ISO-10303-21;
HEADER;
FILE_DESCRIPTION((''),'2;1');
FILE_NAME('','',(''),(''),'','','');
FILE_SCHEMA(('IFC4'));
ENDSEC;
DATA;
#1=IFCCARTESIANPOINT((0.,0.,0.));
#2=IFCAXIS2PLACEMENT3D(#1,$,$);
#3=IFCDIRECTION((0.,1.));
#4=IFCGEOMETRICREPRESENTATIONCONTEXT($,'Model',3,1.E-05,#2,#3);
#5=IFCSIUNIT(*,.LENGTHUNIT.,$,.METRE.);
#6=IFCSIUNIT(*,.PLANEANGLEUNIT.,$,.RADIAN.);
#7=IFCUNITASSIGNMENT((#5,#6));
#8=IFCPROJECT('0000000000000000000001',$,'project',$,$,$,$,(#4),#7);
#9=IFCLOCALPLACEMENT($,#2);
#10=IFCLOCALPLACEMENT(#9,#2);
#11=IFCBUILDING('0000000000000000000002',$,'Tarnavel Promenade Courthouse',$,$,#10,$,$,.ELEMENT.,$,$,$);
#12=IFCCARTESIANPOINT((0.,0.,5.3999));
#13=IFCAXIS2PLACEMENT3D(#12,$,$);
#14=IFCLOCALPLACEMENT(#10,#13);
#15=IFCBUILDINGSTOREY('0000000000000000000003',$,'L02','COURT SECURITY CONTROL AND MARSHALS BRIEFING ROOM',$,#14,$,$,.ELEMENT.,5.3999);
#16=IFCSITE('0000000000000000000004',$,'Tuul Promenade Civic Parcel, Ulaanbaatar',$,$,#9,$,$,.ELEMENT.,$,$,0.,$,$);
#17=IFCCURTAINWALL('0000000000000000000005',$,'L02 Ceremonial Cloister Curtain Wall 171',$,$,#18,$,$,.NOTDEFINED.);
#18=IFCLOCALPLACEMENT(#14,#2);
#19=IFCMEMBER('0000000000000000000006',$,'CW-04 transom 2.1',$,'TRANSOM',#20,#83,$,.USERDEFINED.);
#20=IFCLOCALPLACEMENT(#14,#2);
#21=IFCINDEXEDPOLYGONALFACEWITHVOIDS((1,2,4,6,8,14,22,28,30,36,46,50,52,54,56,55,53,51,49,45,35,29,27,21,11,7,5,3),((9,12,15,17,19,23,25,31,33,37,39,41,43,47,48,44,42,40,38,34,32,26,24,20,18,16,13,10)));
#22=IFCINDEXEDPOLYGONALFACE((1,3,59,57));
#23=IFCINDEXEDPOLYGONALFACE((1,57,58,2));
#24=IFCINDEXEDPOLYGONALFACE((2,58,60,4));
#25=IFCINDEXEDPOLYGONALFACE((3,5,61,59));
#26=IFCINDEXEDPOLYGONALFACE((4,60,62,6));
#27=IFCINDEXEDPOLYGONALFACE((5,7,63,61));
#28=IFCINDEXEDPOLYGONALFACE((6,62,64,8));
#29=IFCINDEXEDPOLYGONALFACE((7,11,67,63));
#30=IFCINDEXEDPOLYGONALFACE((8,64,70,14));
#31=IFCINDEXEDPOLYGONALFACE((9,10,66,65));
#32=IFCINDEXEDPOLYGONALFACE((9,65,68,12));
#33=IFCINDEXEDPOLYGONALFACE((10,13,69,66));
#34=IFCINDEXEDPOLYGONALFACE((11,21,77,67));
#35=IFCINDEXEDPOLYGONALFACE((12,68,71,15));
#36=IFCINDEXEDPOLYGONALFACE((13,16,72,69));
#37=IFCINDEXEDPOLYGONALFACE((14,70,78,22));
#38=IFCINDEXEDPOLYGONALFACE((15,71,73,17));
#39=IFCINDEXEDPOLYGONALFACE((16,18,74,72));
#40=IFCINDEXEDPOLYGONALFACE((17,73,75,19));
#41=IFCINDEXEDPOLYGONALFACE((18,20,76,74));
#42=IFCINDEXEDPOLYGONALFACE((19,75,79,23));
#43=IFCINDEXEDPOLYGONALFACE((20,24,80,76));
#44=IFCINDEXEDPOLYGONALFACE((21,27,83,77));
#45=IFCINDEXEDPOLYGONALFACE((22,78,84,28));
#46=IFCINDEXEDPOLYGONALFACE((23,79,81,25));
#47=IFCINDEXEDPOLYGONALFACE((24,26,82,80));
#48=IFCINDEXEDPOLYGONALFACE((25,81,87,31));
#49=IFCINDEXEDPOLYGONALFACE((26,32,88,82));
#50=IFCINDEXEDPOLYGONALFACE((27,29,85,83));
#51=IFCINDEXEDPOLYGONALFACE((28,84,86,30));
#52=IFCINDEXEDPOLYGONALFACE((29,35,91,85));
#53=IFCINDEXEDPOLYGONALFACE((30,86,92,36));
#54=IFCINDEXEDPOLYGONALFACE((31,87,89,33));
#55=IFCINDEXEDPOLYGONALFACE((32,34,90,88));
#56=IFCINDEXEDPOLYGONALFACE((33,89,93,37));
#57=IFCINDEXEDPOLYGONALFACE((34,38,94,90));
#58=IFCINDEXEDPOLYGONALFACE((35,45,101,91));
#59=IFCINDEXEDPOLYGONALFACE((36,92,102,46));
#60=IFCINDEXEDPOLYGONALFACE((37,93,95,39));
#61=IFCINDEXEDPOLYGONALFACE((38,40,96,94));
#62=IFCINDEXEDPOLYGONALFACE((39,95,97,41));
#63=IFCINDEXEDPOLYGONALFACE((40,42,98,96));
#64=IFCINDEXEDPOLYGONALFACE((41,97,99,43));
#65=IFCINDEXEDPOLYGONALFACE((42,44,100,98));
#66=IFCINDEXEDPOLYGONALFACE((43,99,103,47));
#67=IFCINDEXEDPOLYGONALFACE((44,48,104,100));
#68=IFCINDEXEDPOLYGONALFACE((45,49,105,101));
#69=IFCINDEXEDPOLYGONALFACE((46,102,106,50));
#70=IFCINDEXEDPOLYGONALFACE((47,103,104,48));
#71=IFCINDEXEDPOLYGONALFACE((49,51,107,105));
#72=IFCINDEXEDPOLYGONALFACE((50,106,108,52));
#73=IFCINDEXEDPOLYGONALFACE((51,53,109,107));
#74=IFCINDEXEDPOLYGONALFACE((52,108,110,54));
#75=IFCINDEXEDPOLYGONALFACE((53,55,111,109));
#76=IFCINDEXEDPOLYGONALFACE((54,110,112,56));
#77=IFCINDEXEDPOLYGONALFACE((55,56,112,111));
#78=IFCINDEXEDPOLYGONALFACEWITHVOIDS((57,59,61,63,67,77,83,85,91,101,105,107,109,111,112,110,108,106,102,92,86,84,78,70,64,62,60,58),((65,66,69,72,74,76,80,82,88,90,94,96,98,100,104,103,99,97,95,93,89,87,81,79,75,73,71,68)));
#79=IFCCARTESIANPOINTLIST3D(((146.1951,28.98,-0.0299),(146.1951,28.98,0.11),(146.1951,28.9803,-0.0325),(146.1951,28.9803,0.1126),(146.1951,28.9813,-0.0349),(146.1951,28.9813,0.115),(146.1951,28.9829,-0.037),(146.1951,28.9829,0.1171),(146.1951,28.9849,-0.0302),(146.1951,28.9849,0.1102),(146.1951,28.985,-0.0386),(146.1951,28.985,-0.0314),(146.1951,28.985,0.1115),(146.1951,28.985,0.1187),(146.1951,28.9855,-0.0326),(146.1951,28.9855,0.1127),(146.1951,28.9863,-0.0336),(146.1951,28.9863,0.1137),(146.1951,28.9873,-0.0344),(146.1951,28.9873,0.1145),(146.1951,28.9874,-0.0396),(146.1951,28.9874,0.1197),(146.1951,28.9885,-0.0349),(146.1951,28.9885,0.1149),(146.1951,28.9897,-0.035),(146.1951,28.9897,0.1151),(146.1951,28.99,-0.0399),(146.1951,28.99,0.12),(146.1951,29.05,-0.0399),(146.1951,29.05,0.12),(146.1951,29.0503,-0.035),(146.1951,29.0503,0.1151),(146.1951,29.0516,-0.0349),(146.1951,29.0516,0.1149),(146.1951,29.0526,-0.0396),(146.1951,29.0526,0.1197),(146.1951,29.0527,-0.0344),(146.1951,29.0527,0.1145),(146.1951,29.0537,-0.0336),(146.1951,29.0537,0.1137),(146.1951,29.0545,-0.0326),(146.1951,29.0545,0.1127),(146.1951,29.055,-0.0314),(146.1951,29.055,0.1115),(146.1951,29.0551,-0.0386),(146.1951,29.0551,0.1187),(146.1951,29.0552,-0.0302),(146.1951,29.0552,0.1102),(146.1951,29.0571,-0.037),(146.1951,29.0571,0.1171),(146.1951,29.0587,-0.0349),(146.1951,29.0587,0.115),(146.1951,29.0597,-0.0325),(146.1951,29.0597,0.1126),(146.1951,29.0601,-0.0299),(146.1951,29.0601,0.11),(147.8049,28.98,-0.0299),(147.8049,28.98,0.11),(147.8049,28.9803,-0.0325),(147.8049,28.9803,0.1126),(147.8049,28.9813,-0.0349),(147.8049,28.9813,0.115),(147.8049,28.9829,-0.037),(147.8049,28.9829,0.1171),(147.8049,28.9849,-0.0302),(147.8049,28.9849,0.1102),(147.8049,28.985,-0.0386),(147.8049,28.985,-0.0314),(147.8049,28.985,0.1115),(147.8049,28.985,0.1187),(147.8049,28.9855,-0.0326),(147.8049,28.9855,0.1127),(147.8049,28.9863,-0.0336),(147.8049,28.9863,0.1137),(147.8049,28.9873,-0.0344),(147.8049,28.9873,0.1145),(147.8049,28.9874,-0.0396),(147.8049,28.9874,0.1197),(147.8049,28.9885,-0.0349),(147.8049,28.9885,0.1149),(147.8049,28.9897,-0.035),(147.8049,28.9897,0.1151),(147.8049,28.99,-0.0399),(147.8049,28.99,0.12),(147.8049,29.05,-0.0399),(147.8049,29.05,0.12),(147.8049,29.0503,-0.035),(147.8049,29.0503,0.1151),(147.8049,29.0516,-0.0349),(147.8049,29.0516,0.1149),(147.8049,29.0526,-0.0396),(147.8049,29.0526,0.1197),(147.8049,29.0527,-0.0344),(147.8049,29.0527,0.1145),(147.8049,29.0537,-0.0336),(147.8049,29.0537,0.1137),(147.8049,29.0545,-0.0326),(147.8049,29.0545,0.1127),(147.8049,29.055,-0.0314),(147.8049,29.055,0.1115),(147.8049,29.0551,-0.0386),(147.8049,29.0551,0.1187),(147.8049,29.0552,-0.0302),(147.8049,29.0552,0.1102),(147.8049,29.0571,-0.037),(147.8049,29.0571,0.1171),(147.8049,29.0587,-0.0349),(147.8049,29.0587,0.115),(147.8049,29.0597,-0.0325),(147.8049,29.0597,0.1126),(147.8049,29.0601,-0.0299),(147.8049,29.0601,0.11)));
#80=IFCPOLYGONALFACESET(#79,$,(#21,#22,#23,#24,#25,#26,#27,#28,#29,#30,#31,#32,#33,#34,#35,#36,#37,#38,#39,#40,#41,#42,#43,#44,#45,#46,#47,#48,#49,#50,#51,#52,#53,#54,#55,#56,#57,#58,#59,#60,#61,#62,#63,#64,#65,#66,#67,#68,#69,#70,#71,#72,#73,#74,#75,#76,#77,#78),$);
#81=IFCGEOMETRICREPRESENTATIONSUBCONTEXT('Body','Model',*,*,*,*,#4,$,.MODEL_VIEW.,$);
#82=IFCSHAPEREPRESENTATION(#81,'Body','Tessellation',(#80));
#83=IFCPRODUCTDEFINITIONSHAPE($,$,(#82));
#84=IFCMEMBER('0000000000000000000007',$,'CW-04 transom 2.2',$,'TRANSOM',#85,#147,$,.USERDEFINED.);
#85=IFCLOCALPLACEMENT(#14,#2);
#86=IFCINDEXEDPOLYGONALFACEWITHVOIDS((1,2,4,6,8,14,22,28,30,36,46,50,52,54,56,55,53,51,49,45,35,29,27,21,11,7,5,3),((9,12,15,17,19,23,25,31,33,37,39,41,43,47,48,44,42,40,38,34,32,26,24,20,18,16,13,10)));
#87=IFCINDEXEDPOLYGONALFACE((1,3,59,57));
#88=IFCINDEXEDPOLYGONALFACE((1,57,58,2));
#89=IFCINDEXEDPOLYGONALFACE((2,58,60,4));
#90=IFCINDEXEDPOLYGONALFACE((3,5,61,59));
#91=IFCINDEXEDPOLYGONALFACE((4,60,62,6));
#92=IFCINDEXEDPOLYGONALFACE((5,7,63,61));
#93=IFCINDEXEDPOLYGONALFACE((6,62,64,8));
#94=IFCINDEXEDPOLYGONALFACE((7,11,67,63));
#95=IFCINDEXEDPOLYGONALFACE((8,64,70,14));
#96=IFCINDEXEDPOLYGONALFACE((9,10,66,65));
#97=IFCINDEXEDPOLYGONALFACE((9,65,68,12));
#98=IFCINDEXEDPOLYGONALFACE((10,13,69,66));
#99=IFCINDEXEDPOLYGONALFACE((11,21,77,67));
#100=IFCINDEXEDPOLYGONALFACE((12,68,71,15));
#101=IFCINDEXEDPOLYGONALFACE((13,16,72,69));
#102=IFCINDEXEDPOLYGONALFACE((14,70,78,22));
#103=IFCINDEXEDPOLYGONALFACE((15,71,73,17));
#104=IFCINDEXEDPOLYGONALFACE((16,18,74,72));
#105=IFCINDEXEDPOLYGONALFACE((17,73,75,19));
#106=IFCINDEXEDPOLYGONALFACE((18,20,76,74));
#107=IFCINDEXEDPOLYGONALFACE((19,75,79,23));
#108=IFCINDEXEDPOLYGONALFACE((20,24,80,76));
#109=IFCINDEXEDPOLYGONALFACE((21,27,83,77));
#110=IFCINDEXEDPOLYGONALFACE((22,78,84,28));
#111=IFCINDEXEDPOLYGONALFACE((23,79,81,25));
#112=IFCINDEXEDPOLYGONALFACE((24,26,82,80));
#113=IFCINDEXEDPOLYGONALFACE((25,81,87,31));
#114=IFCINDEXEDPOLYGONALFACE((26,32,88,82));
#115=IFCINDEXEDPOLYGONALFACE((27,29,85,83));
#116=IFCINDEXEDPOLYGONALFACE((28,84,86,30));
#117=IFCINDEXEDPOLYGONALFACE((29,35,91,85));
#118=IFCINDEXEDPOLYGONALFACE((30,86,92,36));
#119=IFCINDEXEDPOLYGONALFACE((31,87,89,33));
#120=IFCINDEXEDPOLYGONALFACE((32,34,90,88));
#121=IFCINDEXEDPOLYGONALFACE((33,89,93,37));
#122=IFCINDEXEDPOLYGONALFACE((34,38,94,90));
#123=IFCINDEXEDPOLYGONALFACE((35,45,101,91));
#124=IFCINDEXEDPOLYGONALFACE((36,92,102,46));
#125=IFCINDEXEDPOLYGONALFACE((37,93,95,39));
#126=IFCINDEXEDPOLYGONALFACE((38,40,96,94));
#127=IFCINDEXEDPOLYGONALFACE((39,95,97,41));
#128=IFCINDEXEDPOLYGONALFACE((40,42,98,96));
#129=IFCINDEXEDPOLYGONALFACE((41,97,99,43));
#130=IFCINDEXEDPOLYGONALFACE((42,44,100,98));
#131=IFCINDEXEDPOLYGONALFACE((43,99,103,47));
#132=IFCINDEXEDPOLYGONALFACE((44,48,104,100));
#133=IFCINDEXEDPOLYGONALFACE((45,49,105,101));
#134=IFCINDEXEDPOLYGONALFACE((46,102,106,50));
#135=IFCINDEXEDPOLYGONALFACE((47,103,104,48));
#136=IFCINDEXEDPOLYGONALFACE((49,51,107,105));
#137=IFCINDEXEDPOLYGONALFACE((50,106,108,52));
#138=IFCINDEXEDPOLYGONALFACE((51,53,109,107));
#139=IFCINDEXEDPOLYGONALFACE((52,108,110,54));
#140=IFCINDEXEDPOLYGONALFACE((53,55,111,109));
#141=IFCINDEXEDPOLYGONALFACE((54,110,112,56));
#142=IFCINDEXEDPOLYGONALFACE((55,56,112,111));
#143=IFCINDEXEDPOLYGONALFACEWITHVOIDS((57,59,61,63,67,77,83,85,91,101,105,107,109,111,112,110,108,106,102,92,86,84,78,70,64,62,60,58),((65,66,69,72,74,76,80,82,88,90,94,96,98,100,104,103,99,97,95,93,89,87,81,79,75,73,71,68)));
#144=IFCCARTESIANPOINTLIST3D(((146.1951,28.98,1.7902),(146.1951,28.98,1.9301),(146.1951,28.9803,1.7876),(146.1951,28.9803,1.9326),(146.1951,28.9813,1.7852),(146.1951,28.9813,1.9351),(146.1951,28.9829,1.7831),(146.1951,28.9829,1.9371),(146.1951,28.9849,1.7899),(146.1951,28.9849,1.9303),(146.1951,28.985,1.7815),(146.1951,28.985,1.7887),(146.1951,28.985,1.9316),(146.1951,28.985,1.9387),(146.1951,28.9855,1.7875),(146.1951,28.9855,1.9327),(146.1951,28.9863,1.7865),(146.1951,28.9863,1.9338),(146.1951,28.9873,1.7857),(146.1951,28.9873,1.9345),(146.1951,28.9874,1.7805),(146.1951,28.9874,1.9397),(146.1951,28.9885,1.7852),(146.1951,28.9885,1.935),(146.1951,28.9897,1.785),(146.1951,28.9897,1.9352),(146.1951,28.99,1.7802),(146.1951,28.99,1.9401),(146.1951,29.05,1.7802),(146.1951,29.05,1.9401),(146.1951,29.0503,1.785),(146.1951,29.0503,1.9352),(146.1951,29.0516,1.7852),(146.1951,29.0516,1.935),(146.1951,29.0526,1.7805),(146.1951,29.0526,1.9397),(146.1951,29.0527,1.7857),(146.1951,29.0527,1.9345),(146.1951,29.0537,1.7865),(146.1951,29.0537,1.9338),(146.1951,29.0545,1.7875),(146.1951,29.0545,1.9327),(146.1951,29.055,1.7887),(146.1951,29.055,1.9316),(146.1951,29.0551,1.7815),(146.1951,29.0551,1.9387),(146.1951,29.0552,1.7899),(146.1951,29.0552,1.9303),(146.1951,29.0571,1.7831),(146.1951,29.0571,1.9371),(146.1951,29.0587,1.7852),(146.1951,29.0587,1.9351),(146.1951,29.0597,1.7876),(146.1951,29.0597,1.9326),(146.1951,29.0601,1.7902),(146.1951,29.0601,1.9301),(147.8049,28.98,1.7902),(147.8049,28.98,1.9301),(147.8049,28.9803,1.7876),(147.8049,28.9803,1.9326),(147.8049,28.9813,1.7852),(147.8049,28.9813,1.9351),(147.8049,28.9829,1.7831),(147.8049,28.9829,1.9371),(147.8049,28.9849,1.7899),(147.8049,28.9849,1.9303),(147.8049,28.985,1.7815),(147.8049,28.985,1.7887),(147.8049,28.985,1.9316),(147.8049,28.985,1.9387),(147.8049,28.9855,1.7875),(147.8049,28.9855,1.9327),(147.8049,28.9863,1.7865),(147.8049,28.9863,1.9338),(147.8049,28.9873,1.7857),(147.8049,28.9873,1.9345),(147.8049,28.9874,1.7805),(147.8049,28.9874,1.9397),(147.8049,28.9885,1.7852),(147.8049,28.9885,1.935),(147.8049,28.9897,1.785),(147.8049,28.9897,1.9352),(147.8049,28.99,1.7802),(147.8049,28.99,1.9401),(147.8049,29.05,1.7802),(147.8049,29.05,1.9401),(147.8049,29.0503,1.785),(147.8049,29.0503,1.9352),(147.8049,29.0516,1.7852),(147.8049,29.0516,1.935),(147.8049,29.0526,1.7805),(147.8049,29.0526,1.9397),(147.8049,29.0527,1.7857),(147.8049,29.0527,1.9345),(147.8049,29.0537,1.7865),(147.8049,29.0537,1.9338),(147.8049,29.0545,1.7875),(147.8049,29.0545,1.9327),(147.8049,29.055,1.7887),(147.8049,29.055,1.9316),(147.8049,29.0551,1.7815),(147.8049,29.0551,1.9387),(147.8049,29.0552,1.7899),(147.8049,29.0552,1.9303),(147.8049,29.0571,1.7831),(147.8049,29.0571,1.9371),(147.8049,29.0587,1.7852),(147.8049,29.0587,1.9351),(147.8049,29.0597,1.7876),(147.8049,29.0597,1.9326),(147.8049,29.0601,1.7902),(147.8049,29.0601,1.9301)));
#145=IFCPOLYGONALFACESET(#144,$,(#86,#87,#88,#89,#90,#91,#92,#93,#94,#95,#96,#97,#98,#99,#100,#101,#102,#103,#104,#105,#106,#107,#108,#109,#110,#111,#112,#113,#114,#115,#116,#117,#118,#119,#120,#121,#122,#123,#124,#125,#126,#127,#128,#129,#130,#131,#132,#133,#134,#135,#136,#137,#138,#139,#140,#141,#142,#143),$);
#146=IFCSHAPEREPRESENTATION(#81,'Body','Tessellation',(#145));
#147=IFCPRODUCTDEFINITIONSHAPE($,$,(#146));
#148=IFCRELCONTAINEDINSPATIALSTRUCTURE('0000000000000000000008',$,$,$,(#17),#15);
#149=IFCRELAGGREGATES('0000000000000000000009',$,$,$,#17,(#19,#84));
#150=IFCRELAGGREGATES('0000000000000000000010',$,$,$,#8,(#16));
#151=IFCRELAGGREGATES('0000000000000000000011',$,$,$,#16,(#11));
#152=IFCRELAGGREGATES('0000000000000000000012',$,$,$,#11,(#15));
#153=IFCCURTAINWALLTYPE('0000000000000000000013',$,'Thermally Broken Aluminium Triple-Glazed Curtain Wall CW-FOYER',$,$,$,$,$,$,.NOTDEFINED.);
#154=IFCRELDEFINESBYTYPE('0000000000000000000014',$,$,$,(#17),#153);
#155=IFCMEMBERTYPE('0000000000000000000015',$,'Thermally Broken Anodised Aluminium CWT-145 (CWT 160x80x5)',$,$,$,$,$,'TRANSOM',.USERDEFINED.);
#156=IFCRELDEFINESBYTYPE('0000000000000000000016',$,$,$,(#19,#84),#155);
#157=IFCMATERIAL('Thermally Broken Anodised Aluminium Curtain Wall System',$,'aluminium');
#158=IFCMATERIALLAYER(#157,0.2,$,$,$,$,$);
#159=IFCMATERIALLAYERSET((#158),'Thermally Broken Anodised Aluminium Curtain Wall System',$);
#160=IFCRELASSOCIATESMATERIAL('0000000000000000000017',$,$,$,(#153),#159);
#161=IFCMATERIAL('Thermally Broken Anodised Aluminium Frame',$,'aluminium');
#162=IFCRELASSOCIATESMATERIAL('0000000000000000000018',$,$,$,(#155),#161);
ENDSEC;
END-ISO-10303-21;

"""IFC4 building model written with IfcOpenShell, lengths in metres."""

from ifc_helpers import new_model, si_unit, direction, frame, origin, origin_2d, place, context, subcontext, project, spatial, hollow_rectangle, extrude, material, layer, layer_set, material_profile, profile_set, type_object, element, aggregate, save


model = new_model("IFC4")

# Units and contexts
model_context = context("Model", 3, precision=1e-05, world=origin(), true_north=direction((0.0, 1.0)))
body_context = subcontext(model_context, "Body", "Model", "MODEL_VIEW")
ifc_project = project(units=[si_unit("LENGTHUNIT", "METRE"), si_unit("PLANEANGLEUNIT", "RADIAN")], contexts=[model_context])

# Site, building, storey
site_placement = place(None, origin())
site = spatial("IfcSite", under=ifc_project, at=site_placement, Name="Tuul Promenade Civic Parcel, Ulaanbaatar", CompositionType="ELEMENT", RefElevation=0.0)
building_placement = place(site_placement, origin())
building = spatial("IfcBuilding", under=site, at=building_placement, Name="Tarnavel Promenade Courthouse", CompositionType="ELEMENT")
storey_placement = place(building_placement, frame((0.0, 0.0, 5.3999)))
storey = spatial("IfcBuildingStorey", under=building, at=storey_placement, Name="L02", Description="COURT SECURITY CONTROL AND MARSHALS BRIEFING ROOM", CompositionType="ELEMENT", Elevation=5.3999)

# Curtain wall
ifc_material_1 = material(Name="Thermally Broken Anodised Aluminium Curtain Wall System", Category="aluminium")
ifc_layer_1 = layer(ifc_material_1, 0.2)
ifc_layer_set_1 = layer_set([ifc_layer_1], Name="Thermally Broken Anodised Aluminium Curtain Wall System")
curtain_wall_type = type_object("IfcCurtainWallType", Name="Thermally Broken Aluminium Triple-Glazed Curtain Wall CW-FOYER", PredefinedType="NOTDEFINED", material=ifc_layer_set_1)
ifc_material_2 = material(Name="Thermally Broken Anodised Aluminium Frame", Category="aluminium")
curtain_wall_1_placement = place(storey_placement, origin())
curtain_wall_1 = element("IfcCurtainWall", 1, at=curtain_wall_1_placement, inside=storey, type_object=curtain_wall_type, Name="L02 Ceremonial Cloister Curtain Wall 171", PredefinedType="NOTDEFINED")

# Members
ifc_material_profile_1 = material_profile(ifc_material_2, hollow_rectangle(XDim=0.0801, YDim=0.1599, WallThickness=0.0049, InnerFilletRadius=0.0049, OuterFilletRadius=0.01, at=origin_2d()), Name="CWT 160x80x5")
ifc_profile_set_1 = profile_set([ifc_material_profile_1], Name="Thermally Broken Anodised Aluminium Frame")
member_type_1 = type_object("IfcMemberType", Name="Thermally Broken Anodised Aluminium CWT-145 (CWT 160x80x5)", ElementType="TRANSOM", PredefinedType="USERDEFINED", material=ifc_profile_set_1)
member_1_placement = place(storey_placement, frame((146.1951, 29.02, 0.04), z_axis=(1.0, 0.0, 0.0), x_axis=(0.0, 1.0, 0.0)))
member_1 = element("IfcMember", 2, at=member_1_placement, type_object=member_type_1, Name="CW-04 transom 2.1", ObjectType="TRANSOM", PredefinedType="USERDEFINED", context=body_context, shape_type="SweptSolid", body=[
    extrude(hollow_rectangle(XDim=0.0801, YDim=0.1599, WallThickness=0.0049, InnerFilletRadius=0.0049, OuterFilletRadius=0.01, at=origin_2d()), origin(), (0.0, 0.0, 1.0), 1.6099),
])
member_2_placement = place(storey_placement, frame((146.1951, 29.02, 1.8601), z_axis=(1.0, 0.0, 0.0), x_axis=(0.0, 1.0, 0.0)))
member_2 = element("IfcMember", 3, at=member_2_placement, type_object=member_type_1, Name="CW-04 transom 2.2", ObjectType="TRANSOM", PredefinedType="USERDEFINED", context=body_context, shape_type="SweptSolid", body=[
    extrude(hollow_rectangle(XDim=0.0801, YDim=0.1599, WallThickness=0.0049, InnerFilletRadius=0.0049, OuterFilletRadius=0.01, at=origin_2d()), origin(), (0.0, 0.0, 1.0), 1.6099),
])

aggregate(curtain_wall_1, [member_1, member_2])

save(model, "model.ifc")
